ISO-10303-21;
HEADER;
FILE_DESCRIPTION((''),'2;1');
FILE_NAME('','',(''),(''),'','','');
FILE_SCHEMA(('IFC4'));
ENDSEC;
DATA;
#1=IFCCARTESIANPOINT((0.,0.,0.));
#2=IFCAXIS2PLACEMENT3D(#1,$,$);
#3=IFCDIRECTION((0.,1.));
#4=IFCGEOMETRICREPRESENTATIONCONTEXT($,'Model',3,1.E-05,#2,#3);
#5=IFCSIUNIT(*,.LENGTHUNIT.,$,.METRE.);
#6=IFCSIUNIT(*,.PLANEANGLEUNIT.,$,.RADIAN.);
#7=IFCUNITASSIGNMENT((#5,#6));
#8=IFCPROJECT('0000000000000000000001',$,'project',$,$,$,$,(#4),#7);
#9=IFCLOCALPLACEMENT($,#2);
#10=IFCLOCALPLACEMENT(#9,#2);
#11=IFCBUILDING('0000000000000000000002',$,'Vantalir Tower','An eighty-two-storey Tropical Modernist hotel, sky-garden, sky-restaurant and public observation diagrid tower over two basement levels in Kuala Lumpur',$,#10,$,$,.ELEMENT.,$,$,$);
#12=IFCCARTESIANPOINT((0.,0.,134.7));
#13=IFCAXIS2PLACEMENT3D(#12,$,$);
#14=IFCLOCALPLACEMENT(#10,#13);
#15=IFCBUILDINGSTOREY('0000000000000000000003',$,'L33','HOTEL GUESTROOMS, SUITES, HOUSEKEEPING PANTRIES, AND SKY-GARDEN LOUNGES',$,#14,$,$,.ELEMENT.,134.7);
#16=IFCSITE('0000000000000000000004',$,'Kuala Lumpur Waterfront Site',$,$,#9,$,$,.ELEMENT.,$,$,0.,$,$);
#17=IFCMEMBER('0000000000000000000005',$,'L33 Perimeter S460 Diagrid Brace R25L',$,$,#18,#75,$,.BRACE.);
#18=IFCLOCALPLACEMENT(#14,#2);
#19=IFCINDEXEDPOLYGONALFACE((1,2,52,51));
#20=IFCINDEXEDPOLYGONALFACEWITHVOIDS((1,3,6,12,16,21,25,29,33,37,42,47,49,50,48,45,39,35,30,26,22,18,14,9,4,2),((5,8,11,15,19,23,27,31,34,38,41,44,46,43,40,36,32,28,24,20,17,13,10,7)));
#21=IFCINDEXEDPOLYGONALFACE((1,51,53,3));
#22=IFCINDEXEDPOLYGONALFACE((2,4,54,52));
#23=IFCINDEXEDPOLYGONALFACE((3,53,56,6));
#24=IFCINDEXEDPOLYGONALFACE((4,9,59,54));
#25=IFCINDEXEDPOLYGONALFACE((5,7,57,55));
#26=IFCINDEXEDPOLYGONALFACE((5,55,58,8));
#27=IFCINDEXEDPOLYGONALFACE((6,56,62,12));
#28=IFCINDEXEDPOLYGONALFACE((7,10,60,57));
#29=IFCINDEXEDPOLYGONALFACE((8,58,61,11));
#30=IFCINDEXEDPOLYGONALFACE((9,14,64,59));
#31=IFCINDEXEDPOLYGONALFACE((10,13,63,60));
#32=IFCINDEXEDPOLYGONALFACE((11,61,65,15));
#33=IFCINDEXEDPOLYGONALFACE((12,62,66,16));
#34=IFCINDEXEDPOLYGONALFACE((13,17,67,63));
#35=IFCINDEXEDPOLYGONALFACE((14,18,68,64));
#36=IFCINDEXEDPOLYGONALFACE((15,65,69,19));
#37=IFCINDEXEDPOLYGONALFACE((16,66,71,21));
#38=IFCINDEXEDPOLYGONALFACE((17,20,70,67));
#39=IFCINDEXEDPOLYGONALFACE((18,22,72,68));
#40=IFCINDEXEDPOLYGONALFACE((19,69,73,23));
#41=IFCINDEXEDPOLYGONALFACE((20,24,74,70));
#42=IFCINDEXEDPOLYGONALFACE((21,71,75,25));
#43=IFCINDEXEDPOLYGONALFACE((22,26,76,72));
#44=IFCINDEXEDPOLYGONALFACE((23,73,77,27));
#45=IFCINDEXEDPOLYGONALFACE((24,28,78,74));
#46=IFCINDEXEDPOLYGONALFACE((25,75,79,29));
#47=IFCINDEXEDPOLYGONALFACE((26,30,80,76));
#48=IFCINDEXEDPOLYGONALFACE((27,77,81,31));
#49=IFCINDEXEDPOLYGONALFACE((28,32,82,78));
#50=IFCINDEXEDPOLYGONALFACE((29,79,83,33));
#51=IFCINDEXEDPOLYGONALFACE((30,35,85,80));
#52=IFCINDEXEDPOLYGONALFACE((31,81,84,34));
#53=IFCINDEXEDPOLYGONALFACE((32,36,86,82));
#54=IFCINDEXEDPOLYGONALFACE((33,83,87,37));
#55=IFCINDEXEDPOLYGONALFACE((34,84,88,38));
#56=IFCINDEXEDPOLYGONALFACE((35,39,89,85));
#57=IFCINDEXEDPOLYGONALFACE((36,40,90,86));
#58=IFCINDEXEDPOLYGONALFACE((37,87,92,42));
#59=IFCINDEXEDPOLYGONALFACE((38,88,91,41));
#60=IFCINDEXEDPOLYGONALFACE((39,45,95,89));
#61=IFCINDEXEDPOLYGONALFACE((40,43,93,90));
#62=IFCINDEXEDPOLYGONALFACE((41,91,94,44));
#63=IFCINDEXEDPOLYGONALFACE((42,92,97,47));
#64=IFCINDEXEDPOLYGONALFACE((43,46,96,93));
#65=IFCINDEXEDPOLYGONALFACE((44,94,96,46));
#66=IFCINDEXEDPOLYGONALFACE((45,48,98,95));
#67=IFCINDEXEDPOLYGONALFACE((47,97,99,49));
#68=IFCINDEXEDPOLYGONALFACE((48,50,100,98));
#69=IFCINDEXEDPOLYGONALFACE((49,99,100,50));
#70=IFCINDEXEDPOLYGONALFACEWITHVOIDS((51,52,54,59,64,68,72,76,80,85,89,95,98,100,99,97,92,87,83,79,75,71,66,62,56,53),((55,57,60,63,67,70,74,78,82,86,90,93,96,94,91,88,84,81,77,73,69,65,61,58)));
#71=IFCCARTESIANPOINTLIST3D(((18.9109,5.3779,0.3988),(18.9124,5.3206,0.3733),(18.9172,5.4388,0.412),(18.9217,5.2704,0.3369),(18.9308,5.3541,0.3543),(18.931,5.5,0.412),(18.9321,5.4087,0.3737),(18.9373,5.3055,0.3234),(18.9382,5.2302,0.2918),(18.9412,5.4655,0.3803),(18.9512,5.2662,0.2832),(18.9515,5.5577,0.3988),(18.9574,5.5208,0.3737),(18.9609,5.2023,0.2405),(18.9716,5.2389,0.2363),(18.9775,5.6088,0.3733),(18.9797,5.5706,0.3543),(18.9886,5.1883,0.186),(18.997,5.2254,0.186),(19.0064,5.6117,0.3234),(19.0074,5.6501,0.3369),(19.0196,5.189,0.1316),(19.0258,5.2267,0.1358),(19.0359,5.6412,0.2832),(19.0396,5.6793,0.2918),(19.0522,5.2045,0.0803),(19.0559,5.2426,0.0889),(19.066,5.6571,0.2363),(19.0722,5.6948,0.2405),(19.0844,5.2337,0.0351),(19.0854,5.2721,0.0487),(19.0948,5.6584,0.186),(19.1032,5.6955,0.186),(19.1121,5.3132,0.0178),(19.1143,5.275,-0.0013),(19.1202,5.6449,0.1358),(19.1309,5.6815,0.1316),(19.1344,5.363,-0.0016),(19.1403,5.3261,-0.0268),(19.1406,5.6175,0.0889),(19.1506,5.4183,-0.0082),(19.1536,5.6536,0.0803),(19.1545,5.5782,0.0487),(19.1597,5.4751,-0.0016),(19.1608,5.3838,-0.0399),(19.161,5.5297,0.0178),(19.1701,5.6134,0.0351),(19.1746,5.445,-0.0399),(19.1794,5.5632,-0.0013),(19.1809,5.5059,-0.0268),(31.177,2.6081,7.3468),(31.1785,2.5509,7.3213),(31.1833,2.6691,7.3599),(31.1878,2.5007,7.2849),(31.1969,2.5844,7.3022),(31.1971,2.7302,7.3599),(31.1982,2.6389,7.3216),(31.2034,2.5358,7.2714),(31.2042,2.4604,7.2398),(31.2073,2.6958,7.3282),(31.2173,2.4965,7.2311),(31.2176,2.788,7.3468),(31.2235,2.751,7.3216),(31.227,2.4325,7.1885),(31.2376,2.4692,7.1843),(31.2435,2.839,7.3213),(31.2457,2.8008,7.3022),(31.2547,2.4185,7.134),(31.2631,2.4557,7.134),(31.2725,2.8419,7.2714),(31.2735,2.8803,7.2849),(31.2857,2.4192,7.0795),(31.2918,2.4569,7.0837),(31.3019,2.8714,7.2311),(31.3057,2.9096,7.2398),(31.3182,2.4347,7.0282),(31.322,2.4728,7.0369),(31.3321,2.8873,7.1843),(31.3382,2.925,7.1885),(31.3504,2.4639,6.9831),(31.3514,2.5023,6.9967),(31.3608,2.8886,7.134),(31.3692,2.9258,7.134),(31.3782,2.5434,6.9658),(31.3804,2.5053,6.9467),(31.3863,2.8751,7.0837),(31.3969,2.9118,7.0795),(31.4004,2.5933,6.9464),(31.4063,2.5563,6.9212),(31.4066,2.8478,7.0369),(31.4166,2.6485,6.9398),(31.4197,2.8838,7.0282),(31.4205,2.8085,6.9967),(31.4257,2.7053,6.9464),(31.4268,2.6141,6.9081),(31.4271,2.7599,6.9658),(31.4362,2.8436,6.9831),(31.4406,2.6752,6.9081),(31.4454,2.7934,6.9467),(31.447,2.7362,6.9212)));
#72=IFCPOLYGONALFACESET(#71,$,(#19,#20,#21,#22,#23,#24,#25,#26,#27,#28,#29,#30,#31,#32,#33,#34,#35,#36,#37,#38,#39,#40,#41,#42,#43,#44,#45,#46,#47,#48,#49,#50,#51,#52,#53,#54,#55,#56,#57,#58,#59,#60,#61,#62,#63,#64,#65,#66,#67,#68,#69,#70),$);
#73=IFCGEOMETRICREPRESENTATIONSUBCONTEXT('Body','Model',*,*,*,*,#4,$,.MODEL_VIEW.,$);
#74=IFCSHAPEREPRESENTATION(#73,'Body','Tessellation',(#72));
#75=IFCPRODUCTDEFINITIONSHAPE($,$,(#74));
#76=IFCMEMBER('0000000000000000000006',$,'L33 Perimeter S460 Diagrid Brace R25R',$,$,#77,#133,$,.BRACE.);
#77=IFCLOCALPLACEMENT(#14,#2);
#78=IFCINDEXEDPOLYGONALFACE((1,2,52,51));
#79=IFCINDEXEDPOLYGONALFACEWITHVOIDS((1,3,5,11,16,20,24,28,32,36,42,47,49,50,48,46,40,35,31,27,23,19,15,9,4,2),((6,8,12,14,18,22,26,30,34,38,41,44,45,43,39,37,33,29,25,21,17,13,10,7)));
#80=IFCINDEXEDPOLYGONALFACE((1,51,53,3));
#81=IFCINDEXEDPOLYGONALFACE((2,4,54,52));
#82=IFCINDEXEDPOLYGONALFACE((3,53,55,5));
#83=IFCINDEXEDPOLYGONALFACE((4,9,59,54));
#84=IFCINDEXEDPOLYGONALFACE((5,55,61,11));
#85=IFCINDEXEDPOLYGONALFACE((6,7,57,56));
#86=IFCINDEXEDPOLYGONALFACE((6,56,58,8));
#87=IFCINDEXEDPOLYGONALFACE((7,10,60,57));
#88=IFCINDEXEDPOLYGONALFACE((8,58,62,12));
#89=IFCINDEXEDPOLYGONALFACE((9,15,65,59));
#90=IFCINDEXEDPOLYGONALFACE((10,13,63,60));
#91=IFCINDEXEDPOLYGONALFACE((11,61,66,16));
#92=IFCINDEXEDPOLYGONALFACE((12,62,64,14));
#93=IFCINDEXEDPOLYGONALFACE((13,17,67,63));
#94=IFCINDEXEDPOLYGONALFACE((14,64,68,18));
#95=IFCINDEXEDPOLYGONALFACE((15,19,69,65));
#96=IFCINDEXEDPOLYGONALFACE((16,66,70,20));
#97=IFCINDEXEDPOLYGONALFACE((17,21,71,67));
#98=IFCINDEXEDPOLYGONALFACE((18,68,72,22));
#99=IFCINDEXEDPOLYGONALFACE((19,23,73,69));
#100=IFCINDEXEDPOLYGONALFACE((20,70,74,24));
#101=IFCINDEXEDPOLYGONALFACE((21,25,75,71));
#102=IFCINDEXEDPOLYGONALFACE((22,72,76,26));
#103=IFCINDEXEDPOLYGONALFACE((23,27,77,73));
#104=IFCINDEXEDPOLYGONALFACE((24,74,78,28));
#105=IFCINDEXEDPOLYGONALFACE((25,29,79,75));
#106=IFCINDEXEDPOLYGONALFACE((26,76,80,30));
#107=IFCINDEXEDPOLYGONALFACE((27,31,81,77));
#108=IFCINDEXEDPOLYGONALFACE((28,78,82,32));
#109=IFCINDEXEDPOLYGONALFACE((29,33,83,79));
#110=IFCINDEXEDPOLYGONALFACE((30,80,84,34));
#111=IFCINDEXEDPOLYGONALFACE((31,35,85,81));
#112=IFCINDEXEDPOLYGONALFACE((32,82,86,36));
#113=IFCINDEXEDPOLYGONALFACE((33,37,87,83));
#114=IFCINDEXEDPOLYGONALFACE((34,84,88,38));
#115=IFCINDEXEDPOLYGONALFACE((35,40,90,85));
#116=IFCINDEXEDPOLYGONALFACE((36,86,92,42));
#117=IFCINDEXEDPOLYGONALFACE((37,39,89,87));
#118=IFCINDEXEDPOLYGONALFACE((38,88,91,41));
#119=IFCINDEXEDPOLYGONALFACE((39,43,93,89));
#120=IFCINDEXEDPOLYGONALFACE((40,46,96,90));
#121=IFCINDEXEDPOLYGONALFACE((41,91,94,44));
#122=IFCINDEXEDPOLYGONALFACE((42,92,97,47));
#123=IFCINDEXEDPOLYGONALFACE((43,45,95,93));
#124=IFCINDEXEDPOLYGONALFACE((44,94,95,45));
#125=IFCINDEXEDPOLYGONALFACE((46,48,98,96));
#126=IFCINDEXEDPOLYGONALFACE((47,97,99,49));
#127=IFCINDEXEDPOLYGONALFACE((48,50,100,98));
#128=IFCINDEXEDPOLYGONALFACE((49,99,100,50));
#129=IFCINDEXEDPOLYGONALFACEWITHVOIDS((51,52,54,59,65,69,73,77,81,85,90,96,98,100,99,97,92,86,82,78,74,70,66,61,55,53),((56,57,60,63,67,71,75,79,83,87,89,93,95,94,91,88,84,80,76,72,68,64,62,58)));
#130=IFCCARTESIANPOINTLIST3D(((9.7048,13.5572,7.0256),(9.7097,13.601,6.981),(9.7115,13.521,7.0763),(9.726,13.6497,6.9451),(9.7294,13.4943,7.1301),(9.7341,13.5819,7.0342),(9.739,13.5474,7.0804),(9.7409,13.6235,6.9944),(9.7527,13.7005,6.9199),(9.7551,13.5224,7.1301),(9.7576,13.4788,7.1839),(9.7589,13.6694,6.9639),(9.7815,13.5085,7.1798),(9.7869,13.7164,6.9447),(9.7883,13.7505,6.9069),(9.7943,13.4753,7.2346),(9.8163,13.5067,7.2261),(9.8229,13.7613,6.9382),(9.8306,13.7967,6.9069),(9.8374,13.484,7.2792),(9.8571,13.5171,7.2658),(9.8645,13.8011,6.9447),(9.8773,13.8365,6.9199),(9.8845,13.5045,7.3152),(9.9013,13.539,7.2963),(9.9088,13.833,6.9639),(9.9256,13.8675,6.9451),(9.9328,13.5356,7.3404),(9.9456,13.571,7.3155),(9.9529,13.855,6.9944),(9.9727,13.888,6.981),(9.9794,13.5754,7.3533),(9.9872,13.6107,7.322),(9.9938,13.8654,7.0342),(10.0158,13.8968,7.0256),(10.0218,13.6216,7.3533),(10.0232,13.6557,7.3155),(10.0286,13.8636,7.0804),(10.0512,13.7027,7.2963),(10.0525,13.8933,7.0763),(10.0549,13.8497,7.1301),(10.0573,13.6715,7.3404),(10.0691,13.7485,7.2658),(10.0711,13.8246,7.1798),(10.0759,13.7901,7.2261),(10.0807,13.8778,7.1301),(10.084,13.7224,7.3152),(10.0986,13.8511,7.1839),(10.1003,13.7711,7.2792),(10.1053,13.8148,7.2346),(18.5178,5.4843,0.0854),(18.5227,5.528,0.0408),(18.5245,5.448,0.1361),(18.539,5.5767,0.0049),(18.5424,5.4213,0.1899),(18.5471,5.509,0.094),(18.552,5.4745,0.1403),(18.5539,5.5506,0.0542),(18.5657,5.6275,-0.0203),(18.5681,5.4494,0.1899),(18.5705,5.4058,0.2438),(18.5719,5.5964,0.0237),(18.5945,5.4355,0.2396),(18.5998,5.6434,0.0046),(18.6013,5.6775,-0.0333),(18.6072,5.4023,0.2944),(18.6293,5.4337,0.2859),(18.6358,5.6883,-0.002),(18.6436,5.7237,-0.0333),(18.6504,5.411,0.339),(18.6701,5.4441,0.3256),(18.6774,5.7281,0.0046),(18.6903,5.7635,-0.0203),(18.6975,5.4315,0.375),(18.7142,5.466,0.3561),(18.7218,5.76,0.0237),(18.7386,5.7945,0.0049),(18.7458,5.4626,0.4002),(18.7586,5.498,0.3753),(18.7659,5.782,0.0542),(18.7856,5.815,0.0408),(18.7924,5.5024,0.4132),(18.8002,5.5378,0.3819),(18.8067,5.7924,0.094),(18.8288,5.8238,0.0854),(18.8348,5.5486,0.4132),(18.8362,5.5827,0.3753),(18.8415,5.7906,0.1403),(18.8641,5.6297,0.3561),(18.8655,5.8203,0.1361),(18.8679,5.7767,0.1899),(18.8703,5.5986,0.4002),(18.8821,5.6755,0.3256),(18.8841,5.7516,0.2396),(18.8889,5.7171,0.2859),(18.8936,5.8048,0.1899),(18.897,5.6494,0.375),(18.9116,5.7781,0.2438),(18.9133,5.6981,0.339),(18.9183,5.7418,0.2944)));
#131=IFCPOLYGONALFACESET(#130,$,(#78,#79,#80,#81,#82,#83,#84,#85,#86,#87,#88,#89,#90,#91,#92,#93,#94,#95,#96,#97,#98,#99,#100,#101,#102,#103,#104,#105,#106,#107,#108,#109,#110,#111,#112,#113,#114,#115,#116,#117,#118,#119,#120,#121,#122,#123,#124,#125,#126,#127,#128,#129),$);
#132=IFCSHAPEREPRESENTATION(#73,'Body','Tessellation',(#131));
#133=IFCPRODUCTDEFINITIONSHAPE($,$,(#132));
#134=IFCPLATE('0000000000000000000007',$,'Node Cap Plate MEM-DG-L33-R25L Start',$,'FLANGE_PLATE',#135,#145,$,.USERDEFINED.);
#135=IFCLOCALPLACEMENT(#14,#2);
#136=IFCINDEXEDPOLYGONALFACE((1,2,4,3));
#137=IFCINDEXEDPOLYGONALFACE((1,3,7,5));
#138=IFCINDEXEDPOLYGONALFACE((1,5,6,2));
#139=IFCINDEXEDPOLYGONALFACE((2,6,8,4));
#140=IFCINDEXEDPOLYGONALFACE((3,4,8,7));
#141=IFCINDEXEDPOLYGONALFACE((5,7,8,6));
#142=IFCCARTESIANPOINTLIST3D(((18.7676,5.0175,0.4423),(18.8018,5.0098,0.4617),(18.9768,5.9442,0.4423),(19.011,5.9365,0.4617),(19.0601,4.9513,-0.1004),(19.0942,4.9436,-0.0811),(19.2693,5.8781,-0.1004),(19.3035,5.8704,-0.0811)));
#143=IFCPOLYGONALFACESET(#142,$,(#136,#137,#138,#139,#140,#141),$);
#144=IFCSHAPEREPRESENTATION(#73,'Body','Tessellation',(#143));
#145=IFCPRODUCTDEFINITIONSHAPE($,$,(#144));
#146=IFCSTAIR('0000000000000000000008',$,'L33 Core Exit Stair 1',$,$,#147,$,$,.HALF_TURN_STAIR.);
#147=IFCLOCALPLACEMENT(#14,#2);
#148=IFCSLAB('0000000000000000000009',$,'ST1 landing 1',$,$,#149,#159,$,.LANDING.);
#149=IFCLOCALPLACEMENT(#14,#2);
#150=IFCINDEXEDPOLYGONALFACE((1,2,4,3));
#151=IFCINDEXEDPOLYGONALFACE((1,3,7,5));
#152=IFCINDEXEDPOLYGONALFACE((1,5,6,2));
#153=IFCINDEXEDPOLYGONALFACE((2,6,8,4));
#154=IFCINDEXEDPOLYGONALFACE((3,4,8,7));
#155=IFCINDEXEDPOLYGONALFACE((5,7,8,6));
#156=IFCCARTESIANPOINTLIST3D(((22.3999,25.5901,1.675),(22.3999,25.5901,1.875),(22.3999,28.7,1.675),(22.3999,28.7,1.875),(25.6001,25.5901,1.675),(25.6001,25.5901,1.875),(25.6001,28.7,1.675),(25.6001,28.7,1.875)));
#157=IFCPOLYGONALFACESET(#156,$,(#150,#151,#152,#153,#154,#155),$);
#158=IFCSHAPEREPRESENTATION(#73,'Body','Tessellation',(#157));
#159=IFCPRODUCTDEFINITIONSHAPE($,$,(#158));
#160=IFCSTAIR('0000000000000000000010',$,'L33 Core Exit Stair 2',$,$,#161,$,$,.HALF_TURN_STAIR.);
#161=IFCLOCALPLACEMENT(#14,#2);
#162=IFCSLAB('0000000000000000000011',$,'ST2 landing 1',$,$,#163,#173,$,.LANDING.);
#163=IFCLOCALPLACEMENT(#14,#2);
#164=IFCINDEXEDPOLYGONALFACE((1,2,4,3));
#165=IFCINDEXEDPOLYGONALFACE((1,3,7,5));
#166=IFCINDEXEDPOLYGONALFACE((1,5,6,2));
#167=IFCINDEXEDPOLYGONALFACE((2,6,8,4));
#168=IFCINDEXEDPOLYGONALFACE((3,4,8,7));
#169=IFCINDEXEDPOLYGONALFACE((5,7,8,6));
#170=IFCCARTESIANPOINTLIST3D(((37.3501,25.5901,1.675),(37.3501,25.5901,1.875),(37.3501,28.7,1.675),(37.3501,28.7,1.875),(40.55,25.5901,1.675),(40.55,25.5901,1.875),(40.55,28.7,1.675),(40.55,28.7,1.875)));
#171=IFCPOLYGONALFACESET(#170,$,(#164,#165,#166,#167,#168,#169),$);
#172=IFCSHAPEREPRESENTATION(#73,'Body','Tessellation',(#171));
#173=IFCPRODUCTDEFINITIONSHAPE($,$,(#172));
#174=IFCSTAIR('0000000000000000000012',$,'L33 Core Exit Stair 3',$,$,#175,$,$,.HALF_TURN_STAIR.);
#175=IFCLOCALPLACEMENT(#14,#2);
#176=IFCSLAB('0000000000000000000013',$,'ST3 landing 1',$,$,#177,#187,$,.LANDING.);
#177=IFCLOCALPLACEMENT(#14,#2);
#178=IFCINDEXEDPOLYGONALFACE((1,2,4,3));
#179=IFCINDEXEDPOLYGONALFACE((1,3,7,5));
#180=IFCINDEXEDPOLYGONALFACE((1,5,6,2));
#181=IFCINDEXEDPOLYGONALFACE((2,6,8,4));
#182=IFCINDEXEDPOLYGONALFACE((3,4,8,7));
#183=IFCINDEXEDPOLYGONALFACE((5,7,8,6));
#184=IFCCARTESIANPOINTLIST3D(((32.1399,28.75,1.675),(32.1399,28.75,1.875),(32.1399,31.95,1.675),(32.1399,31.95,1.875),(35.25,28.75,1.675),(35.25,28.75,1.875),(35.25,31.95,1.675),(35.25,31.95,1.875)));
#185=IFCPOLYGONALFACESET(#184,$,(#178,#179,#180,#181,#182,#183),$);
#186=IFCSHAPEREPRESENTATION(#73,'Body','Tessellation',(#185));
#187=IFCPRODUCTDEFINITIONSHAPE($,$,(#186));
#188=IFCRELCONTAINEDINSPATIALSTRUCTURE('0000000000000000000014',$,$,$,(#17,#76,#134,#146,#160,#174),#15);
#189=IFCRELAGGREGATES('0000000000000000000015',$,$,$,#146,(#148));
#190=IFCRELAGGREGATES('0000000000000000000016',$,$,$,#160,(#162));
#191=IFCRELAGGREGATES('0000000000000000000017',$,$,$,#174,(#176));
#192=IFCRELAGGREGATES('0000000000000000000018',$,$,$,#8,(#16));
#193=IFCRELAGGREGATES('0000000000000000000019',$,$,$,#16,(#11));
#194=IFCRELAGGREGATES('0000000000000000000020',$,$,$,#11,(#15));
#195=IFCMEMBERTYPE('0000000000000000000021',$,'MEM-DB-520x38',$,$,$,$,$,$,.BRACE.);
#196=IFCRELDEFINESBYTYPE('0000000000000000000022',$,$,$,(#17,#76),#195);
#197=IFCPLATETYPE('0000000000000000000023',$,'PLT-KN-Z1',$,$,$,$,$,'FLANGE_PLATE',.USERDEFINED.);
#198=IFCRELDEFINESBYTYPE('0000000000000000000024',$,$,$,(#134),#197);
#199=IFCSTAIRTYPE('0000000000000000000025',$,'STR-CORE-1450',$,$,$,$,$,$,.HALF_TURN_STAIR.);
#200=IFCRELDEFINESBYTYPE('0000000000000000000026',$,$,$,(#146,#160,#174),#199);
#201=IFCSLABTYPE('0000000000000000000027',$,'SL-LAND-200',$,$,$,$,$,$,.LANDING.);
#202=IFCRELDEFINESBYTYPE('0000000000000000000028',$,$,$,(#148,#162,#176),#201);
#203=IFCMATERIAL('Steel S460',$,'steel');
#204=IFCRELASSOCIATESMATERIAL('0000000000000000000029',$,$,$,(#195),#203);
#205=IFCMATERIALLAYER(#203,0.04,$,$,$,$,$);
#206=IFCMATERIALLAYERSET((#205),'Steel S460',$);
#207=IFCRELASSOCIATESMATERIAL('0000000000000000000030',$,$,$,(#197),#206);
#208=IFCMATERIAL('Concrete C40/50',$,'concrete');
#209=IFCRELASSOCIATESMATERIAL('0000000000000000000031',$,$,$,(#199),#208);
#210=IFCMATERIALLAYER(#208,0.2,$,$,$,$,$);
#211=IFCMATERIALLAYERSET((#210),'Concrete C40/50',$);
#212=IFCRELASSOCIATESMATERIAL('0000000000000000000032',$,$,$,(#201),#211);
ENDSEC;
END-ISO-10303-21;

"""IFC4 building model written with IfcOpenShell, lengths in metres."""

from ifc_helpers import new_model, si_unit, direction, frame, origin, origin_2d, place, context, subcontext, project, spatial, polyline, hollow_circle, outline, extrude, material, layer, layer_set, material_profile, profile_set, type_object, element, aggregate, save


model = new_model("IFC4")

# Units and contexts
model_context = context("Model", 3, precision=1e-05, world=origin(), true_north=direction((0.0, 1.0)))
body_context = subcontext(model_context, "Body", "Model", "MODEL_VIEW")
ifc_project = project(units=[si_unit("LENGTHUNIT", "METRE"), si_unit("PLANEANGLEUNIT", "RADIAN")], contexts=[model_context])

# Site, building, storey
site_placement = place(None, origin())
site = spatial("IfcSite", under=ifc_project, at=site_placement, Name="Kuala Lumpur Waterfront Site", CompositionType="ELEMENT", RefElevation=0.0)
building_placement = place(site_placement, origin())
building = spatial("IfcBuilding", under=site, at=building_placement, Name="Vantalir Tower", Description="An eighty-two-storey Tropical Modernist hotel, sky-garden, sky-restaurant and public observation diagrid tower over two basement levels in Kuala Lumpur", CompositionType="ELEMENT")
storey_placement = place(building_placement, frame((0.0, 0.0, 134.7)))
storey = spatial("IfcBuildingStorey", under=building, at=storey_placement, Name="L33", Description="HOTEL GUESTROOMS, SUITES, HOUSEKEEPING PANTRIES, AND SKY-GARDEN LOUNGES", CompositionType="ELEMENT", Elevation=134.7)

# Shared definitions
ifc_material_1 = material(Name="Steel S460", Category="steel")

# Members
ifc_material_profile_1 = material_profile(ifc_material_1, hollow_circle(Radius=0.26, WallThickness=0.0381, at=origin_2d()), Name="Steel S460")
ifc_profile_set_1 = profile_set([ifc_material_profile_1], Name="Steel S460")
member_type_1 = type_object("IfcMemberType", Name="MEM-DB-520x38", PredefinedType="BRACE", material=ifc_profile_set_1)
member_1_placement = place(storey_placement, frame((19.0459, 5.4419, 0.186), z_axis=(0.853784, -0.192791, 0.483616), x_axis=(0.220261, 0.975441, 0.0)))
element("IfcMember", 1, at=member_1_placement, inside=storey, type_object=member_type_1, Name="L33 Perimeter S460 Diagrid Brace R25L", PredefinedType="BRACE", context=body_context, shape_type="SweptSolid", body=[
    extrude(hollow_circle(Radius=0.26, WallThickness=0.0381, at=origin_2d()), origin(), (0.0, 0.0, 1.0), 14.3667),
])
member_2_placement = place(storey_placement, frame((18.718, 5.613, 0.1899), z_axis=(-0.637672, 0.584129, 0.502163), x_axis=(-0.675471, -0.737386, 0.0)))
element("IfcMember", 2, at=member_2_placement, inside=storey, type_object=member_type_1, Name="L33 Perimeter S460 Diagrid Brace R25R", PredefinedType="BRACE", context=body_context, shape_type="SweptSolid", body=[
    extrude(hollow_circle(Radius=0.26, WallThickness=0.0381, at=origin_2d()), origin(), (0.0, 0.0, 1.0), 13.8206),
])

# Plate
ifc_layer_1 = layer(ifc_material_1, 0.04)
ifc_layer_set_1 = layer_set([ifc_layer_1], Name="Steel S460")
plate_type = type_object("IfcPlateType", Name="PLT-KN-Z1", ElementType="FLANGE_PLATE", PredefinedType="USERDEFINED", material=ifc_layer_set_1)
plate_placement = place(storey_placement, frame((19.0942, 4.9436, -0.0811), z_axis=(0.853792, -0.192755, 0.483616), x_axis=(0.220221, 0.97545, 0.0)))
element("IfcPlate", 3, at=plate_placement, inside=storey, type_object=plate_type, Name="Node Cap Plate MEM-DG-L33-R25L Start", ObjectType="FLANGE_PLATE", PredefinedType="USERDEFINED", context=body_context, shape_type="SweptSolid", body=[
    extrude(outline(polyline([(0.0, 0.0), (0.9501, 0.0), (0.9502, 0.6201), (0.0001, 0.6201), (0.0, 0.0)])), origin(), (0.0, 0.0, -1.0), 0.04),
])

# Stairs, slabs
ifc_material_2 = material(Name="Concrete C40/50", Category="concrete")
stair_type = type_object("IfcStairType", Name="STR-CORE-1450", PredefinedType="HALF_TURN_STAIR", material=ifc_material_2)
stair_1_placement = place(storey_placement, origin())
stair_1 = element("IfcStair", 4, at=stair_1_placement, inside=storey, type_object=stair_type, Name="L33 Core Exit Stair 1", PredefinedType="HALF_TURN_STAIR")
ifc_layer_2 = layer(ifc_material_2, 0.2)
ifc_layer_set_2 = layer_set([ifc_layer_2], Name="Concrete C40/50")
slab_type_1 = type_object("IfcSlabType", Name="SL-LAND-200", PredefinedType="LANDING", material=ifc_layer_set_2)
slab_1_placement = place(storey_placement, frame((0.0, 0.0, 1.675)))
slab_1 = element("IfcSlab", 5, at=slab_1_placement, type_object=slab_type_1, Name="ST1 landing 1", PredefinedType="LANDING", context=body_context, shape_type="SweptSolid", body=[
    extrude(outline(polyline([(25.6001, 25.5901), (25.6001, 28.7), (22.3999, 28.7), (22.3999, 25.5901), (25.6001, 25.5901)])), origin(), (0.0, 0.0, 1.0), 0.2),
])
aggregate(stair_1, [slab_1])
stair_2_placement = place(storey_placement, origin())
stair_2 = element("IfcStair", 6, at=stair_2_placement, inside=storey, type_object=stair_type, Name="L33 Core Exit Stair 2", PredefinedType="HALF_TURN_STAIR")
slab_2_placement = place(storey_placement, frame((0.0, 0.0, 1.675)))
slab_2 = element("IfcSlab", 7, at=slab_2_placement, type_object=slab_type_1, Name="ST2 landing 1", PredefinedType="LANDING", context=body_context, shape_type="SweptSolid", body=[
    extrude(outline(polyline([(40.55, 25.5901), (40.55, 28.7), (37.3501, 28.7), (37.3501, 25.5901), (40.55, 25.5901)])), origin(), (0.0, 0.0, 1.0), 0.2),
])
aggregate(stair_2, [slab_2])
stair_3_placement = place(storey_placement, origin())
stair_3 = element("IfcStair", 8, at=stair_3_placement, inside=storey, type_object=stair_type, Name="L33 Core Exit Stair 3", PredefinedType="HALF_TURN_STAIR")
slab_3_placement = place(storey_placement, frame((0.0, 0.0, 1.675)))
slab_3 = element("IfcSlab", 9, at=slab_3_placement, type_object=slab_type_1, Name="ST3 landing 1", PredefinedType="LANDING", context=body_context, shape_type="SweptSolid", body=[
    extrude(outline(polyline([(32.1399, 28.75), (35.25, 28.75), (35.25, 31.95), (32.1399, 31.95), (32.1399, 28.75)])), origin(), (0.0, 0.0, 1.0), 0.2),
])
aggregate(stair_3, [slab_3])

save(model, "model.ifc")
